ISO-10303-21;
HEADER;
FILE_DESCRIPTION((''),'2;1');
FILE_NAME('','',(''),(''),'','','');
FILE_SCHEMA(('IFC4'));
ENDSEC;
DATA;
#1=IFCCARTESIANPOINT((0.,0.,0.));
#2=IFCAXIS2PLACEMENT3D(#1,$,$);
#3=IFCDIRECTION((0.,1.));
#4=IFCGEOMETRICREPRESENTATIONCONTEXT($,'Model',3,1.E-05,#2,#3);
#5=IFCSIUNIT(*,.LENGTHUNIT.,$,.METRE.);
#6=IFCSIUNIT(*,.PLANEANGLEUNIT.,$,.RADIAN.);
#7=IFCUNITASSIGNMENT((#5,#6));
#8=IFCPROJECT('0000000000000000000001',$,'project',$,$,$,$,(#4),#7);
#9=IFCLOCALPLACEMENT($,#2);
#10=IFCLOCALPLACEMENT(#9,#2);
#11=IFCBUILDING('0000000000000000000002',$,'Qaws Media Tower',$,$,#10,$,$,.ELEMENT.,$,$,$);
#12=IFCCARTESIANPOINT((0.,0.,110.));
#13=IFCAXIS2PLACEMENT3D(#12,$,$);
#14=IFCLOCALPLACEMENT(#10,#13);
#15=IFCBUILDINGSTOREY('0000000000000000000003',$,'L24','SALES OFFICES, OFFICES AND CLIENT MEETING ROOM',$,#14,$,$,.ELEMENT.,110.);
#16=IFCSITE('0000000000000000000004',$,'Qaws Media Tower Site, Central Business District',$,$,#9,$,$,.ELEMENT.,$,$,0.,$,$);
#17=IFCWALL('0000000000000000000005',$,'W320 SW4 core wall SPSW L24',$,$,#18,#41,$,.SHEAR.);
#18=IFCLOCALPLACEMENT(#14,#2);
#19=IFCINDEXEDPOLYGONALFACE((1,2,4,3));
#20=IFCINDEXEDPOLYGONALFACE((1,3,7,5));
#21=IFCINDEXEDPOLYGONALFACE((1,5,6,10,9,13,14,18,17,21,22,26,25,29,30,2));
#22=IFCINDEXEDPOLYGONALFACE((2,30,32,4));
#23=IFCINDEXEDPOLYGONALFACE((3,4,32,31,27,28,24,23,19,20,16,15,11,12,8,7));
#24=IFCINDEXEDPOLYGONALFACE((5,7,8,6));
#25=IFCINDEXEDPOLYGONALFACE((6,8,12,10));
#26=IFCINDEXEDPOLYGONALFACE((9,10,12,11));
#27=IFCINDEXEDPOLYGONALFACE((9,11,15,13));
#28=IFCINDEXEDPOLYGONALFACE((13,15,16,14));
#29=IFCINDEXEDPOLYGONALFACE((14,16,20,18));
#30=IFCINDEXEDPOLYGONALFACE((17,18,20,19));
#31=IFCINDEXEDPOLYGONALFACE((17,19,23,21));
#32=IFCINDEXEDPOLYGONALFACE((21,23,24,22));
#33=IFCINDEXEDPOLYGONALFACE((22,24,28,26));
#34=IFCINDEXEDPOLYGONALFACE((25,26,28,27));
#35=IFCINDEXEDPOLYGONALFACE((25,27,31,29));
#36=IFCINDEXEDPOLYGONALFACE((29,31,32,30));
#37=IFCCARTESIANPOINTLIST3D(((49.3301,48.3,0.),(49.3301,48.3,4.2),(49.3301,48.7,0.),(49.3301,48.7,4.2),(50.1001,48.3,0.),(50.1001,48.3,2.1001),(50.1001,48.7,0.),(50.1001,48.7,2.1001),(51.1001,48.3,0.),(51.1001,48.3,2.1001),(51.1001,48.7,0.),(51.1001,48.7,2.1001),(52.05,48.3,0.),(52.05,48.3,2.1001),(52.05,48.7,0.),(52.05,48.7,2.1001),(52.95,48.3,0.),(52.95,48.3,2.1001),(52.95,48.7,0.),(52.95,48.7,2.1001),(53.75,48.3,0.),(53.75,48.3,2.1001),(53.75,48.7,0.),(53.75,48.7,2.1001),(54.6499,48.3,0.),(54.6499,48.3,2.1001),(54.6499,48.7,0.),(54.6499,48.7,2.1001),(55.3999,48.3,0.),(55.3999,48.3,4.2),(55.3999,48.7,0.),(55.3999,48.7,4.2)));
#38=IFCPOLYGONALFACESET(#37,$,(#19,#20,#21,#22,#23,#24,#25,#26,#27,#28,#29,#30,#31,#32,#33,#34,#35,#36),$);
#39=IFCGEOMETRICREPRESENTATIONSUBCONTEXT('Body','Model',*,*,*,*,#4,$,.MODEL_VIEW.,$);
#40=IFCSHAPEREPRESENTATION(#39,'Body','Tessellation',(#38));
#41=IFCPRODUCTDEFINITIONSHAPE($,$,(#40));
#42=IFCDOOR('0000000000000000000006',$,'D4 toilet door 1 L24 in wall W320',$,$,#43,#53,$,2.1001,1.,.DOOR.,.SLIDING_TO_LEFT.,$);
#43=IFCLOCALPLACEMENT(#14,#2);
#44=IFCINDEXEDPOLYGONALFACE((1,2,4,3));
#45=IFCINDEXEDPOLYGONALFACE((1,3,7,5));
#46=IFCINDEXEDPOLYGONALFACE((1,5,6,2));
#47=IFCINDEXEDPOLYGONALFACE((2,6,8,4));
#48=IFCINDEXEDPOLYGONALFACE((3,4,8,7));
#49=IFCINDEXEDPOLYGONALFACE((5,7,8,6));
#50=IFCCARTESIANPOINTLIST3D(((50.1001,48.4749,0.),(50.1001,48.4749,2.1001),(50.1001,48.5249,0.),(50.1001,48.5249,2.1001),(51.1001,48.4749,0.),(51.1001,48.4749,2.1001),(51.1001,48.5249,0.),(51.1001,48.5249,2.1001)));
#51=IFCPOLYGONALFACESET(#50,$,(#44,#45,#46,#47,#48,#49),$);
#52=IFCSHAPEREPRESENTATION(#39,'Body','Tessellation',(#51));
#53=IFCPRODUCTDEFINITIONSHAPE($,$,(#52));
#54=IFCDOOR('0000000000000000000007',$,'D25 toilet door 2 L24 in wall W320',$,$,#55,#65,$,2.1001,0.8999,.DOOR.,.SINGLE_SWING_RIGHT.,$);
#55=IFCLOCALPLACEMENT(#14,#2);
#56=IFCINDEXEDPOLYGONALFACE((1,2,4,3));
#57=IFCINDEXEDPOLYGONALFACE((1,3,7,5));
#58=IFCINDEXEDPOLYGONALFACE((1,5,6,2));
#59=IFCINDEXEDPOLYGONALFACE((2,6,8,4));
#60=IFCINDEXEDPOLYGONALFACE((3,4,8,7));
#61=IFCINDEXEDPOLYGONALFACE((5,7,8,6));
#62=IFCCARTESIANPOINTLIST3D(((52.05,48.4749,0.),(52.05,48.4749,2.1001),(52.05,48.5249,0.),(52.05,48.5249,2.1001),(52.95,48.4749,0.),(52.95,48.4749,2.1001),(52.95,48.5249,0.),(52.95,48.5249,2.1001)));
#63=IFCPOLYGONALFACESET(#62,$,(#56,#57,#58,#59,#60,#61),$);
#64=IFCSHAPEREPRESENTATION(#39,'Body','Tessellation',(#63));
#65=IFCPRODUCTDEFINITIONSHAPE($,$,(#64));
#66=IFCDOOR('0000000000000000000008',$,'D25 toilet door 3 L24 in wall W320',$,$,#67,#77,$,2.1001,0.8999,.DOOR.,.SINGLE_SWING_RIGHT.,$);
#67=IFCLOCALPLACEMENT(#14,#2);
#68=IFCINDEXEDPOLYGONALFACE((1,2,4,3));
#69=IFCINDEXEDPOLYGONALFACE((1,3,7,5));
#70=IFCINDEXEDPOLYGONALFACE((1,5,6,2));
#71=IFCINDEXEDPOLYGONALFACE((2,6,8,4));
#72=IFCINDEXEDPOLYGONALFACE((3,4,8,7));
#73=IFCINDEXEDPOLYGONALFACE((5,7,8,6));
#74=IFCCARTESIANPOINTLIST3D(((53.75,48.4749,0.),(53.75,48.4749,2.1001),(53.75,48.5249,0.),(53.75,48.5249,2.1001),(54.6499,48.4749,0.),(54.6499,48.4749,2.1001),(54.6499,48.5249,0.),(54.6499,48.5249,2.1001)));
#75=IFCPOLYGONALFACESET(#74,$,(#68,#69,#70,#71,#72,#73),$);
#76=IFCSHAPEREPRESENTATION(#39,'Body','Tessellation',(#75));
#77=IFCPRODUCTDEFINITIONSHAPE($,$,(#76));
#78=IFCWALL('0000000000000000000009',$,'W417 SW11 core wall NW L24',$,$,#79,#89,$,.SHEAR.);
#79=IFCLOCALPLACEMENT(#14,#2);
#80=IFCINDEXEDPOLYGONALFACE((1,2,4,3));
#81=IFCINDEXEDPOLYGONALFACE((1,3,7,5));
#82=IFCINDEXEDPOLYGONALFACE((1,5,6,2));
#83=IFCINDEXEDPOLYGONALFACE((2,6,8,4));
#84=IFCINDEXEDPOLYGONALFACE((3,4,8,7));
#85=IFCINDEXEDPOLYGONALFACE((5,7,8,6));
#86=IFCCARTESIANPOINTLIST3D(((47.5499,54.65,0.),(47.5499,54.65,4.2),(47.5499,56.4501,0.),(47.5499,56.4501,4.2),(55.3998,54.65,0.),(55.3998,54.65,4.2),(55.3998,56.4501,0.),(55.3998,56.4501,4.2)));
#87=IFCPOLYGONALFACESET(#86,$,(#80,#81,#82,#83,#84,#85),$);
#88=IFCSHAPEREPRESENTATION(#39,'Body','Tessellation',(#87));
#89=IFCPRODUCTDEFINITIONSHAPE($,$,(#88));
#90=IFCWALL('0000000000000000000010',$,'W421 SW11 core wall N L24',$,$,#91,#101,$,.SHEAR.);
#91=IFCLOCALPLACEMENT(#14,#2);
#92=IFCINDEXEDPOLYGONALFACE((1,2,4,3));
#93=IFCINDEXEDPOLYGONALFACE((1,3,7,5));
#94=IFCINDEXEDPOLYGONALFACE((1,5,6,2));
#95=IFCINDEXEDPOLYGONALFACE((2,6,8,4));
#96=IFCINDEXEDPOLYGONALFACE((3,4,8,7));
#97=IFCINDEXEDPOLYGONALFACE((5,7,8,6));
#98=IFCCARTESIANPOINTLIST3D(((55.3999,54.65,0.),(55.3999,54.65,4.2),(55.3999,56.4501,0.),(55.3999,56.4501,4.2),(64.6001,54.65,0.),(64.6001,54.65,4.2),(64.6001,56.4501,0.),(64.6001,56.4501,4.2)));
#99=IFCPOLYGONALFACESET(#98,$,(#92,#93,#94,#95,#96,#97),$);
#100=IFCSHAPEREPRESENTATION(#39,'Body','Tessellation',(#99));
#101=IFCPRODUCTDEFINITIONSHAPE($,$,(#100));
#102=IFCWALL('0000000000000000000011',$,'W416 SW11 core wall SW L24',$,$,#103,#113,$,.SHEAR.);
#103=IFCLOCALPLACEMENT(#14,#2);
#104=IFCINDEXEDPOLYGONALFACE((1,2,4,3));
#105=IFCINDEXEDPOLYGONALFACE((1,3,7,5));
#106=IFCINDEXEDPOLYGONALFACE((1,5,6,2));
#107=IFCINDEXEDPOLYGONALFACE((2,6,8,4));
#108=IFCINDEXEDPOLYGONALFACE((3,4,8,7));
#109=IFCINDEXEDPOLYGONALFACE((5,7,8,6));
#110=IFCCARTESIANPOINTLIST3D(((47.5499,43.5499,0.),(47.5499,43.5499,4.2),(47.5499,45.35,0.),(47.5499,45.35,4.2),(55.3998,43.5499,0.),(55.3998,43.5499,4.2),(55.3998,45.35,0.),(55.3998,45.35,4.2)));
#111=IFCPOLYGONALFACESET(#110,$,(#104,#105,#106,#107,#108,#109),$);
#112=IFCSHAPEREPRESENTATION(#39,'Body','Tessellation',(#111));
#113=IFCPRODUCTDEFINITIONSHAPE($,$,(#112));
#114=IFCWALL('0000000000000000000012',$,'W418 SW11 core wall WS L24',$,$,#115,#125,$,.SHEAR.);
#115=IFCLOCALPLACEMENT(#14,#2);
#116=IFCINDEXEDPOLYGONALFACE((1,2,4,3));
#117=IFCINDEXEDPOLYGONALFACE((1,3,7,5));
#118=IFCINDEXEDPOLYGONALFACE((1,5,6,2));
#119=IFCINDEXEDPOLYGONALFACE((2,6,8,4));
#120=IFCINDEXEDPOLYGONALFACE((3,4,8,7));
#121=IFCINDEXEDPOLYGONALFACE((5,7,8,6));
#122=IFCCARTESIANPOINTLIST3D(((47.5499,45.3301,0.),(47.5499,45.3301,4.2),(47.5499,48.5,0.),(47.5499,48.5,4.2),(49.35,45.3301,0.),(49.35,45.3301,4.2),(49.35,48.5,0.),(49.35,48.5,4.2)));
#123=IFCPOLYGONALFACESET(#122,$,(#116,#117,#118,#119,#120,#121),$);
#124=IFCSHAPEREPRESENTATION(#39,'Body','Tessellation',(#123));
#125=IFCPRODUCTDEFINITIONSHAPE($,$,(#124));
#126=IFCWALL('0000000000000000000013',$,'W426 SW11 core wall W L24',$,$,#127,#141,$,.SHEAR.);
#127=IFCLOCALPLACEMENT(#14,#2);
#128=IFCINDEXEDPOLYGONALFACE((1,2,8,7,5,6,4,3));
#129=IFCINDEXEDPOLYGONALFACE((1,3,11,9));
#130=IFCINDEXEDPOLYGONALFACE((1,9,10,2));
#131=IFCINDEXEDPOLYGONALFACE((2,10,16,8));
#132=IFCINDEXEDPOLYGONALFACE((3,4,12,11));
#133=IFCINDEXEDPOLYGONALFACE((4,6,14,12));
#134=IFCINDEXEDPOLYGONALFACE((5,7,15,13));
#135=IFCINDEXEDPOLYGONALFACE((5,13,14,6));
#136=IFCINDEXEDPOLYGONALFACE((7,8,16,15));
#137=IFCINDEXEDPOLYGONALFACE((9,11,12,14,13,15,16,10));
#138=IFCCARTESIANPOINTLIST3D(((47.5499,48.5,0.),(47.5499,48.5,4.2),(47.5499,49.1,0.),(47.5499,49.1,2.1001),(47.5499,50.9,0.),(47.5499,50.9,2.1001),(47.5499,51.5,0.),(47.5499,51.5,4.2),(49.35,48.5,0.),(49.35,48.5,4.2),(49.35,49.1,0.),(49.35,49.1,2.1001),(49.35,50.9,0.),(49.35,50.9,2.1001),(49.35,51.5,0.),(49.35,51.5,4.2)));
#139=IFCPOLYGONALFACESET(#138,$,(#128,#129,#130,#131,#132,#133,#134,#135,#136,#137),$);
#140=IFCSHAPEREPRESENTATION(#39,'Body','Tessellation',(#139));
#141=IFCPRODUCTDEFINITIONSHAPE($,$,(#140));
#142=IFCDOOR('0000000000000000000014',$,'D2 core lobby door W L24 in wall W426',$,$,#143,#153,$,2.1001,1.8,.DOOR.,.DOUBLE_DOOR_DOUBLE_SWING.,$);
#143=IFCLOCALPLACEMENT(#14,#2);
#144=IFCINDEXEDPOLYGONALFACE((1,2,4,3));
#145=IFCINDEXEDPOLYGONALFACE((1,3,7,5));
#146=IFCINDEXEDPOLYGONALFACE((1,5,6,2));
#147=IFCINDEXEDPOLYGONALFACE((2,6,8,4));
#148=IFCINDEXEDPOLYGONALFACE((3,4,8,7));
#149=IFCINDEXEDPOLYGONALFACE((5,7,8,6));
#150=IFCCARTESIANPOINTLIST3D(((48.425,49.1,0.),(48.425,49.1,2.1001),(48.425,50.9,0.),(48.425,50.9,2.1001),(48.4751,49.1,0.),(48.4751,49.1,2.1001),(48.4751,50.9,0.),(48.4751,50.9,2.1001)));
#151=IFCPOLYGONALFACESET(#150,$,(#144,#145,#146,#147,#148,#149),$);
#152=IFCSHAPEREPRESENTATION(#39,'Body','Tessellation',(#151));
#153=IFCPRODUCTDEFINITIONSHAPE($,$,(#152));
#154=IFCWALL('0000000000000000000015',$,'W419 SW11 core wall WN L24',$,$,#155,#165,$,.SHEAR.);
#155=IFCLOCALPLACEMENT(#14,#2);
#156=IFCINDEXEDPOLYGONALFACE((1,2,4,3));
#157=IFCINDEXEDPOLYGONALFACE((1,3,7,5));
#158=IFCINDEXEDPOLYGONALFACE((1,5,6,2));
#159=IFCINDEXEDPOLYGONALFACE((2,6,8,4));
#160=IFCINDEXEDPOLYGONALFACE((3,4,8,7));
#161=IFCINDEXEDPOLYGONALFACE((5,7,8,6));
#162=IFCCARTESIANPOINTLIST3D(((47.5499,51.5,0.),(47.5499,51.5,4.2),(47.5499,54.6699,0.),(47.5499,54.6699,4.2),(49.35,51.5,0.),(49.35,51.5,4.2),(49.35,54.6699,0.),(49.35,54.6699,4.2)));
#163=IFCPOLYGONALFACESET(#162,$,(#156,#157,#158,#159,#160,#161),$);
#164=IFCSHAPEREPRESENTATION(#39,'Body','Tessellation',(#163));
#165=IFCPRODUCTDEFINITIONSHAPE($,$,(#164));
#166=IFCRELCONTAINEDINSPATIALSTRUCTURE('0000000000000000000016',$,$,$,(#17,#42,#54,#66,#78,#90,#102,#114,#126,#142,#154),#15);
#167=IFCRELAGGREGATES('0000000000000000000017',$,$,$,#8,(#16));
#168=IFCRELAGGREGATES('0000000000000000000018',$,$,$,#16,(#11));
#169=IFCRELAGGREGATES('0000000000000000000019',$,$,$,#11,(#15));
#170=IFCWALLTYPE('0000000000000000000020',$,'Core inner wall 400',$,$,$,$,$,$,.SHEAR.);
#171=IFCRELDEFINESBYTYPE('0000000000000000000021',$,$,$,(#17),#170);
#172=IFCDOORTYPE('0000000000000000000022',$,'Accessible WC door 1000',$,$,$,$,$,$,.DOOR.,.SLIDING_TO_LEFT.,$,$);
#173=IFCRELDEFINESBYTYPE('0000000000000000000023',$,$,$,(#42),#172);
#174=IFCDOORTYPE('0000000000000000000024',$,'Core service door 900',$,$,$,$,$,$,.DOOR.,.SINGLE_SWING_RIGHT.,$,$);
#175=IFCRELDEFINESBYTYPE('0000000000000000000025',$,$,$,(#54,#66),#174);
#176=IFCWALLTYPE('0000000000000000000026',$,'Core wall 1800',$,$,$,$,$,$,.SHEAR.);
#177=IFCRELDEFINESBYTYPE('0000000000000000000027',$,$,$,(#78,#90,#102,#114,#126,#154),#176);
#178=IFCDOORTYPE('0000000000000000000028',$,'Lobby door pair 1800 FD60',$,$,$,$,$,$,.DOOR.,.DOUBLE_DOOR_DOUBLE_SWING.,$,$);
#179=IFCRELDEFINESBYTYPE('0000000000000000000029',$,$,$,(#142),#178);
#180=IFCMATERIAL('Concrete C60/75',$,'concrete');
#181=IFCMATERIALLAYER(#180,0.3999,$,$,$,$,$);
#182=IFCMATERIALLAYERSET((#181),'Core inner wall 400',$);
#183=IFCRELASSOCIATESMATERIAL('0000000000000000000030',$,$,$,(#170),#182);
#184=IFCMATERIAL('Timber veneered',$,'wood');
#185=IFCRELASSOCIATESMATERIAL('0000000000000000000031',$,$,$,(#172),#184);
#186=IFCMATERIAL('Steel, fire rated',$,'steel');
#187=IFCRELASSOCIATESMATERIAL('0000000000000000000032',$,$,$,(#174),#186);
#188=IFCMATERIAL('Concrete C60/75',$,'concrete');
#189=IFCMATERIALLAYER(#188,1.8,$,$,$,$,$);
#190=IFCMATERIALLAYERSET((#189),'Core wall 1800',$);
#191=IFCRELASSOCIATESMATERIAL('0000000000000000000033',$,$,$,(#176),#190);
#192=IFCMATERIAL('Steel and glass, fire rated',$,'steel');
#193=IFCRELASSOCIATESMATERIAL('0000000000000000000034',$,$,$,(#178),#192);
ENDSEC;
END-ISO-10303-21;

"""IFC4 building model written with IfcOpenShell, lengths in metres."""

from ifc_helpers import new_model, si_unit, direction, frame, frame_2d, origin, place, context, subcontext, project, spatial, rectangle, extrude, material, layer, layer_set, type_object, element, fill, save


model = new_model("IFC4")

# Units and contexts
model_context = context("Model", 3, precision=1e-05, world=origin(), true_north=direction((0.0, 1.0)))
body_context = subcontext(model_context, "Body", "Model", "MODEL_VIEW")
ifc_project = project(units=[si_unit("LENGTHUNIT", "METRE"), si_unit("PLANEANGLEUNIT", "RADIAN")], contexts=[model_context])

# Site, building, storey
site_placement = place(None, origin())
site = spatial("IfcSite", under=ifc_project, at=site_placement, Name="Qaws Media Tower Site, Central Business District", CompositionType="ELEMENT", RefElevation=0.0)
building_placement = place(site_placement, origin())
building = spatial("IfcBuilding", under=site, at=building_placement, Name="Qaws Media Tower", CompositionType="ELEMENT")
storey_placement = place(building_placement, frame((0.0, 0.0, 110.0)))
storey = spatial("IfcBuildingStorey", under=building, at=storey_placement, Name="L24", Description="SALES OFFICES, OFFICES AND CLIENT MEETING ROOM", CompositionType="ELEMENT", Elevation=110.0)

# Shared definitions
ifc_material_1 = material(Name="Concrete C60/75", Category="concrete")
ifc_layer_1 = layer(ifc_material_1, 0.3999)
ifc_layer_set_1 = layer_set([ifc_layer_1], Name="Core inner wall 400")
wall_type_1 = type_object("IfcWallType", Name="Core inner wall 400", PredefinedType="SHEAR", material=ifc_layer_set_1)

# Wall, openings, doors
wall_1_placement = place(storey_placement, frame((49.3301, 48.5, 0.0), z_axis=(0.0, 0.0, 1.0), x_axis=(1.0, 0.0, 0.0)))
wall_1 = element("IfcWall", 1, at=wall_1_placement, inside=storey, type_object=wall_type_1, Name="W320 SW4 core wall SPSW L24", PredefinedType="SHEAR", context=body_context, shape_type="SweptSolid", body=[
    extrude(rectangle(XDim=6.0698, YDim=0.3999, at=frame_2d((3.0349, 0.0))), origin(), (0.0, 0.0, 1.0), 4.2),
])
opening_1_placement = place(wall_1_placement, frame((0.77, 0.0, 0.0)))
opening_1 = element("IfcOpeningElement", 2, at=opening_1_placement, cuts=wall_1, PredefinedType="OPENING", context=body_context, shape_type="SweptSolid", body=[
    extrude(rectangle(XDim=1.0, YDim=2.1001, at=frame_2d((0.5, 1.05))), frame((0.0, 0.21, 0.0), z_axis=(0.0, -1.0, 0.0), x_axis=(1.0, 0.0, 0.0)), (0.0, 0.0, 1.0), 0.4199),
])
opening_2_placement = place(wall_1_placement, frame((2.72, 0.0, 0.0)))
opening_2 = element("IfcOpeningElement", 3, at=opening_2_placement, cuts=wall_1, PredefinedType="OPENING", context=body_context, shape_type="SweptSolid", body=[
    extrude(rectangle(XDim=0.8999, YDim=2.1001, at=frame_2d((0.45, 1.05))), frame((0.0, 0.21, 0.0), z_axis=(0.0, -1.0, 0.0), x_axis=(1.0, 0.0, 0.0)), (0.0, 0.0, 1.0), 0.4199),
])
opening_3_placement = place(wall_1_placement, frame((4.4199, 0.0, 0.0)))
opening_3 = element("IfcOpeningElement", 4, at=opening_3_placement, cuts=wall_1, PredefinedType="OPENING", context=body_context, shape_type="SweptSolid", body=[
    extrude(rectangle(XDim=0.8999, YDim=2.1001, at=frame_2d((0.45, 1.05))), frame((0.0, 0.21, 0.0), z_axis=(0.0, -1.0, 0.0), x_axis=(1.0, 0.0, 0.0)), (0.0, 0.0, 1.0), 0.4199),
])
ifc_material_2 = material(Name="Timber veneered", Category="wood")
door_type_1 = type_object("IfcDoorType", Name="Accessible WC door 1000", OperationType="SLIDING_TO_LEFT", PredefinedType="DOOR", material=ifc_material_2)
door_1_placement = place(opening_1_placement, origin())
door_1 = element("IfcDoor", 5, at=door_1_placement, inside=storey, type_object=door_type_1, Name="D4 toilet door 1 L24 in wall W320", OperationType="SLIDING_TO_LEFT", OverallHeight=2.1001, OverallWidth=1.0, PredefinedType="DOOR", context=body_context, shape_type="SweptSolid", body=[
    extrude(rectangle(XDim=1.0, YDim=2.1001, at=frame_2d((0.5, 1.05))), frame((0.0, 0.0249, 0.0), z_axis=(0.0, -1.0, 0.0), x_axis=(1.0, 0.0, 0.0)), (0.0, 0.0, 1.0), 0.05),
])
fill(opening_1, door_1)
ifc_material_3 = material(Name="Steel, fire rated", Category="steel")
door_type_2 = type_object("IfcDoorType", Name="Core service door 900", OperationType="SINGLE_SWING_RIGHT", PredefinedType="DOOR", material=ifc_material_3)
door_2_placement = place(opening_2_placement, origin())
door_2 = element("IfcDoor", 6, at=door_2_placement, inside=storey, type_object=door_type_2, Name="D25 toilet door 2 L24 in wall W320", OperationType="SINGLE_SWING_RIGHT", OverallHeight=2.1001, OverallWidth=0.8999, PredefinedType="DOOR", context=body_context, shape_type="SweptSolid", body=[
    extrude(rectangle(XDim=0.8999, YDim=2.1001, at=frame_2d((0.45, 1.05))), frame((0.0, 0.0249, 0.0), z_axis=(0.0, -1.0, 0.0), x_axis=(1.0, 0.0, 0.0)), (0.0, 0.0, 1.0), 0.05),
])
fill(opening_2, door_2)
door_3_placement = place(opening_3_placement, origin())
door_3 = element("IfcDoor", 7, at=door_3_placement, inside=storey, type_object=door_type_2, Name="D25 toilet door 3 L24 in wall W320", OperationType="SINGLE_SWING_RIGHT", OverallHeight=2.1001, OverallWidth=0.8999, PredefinedType="DOOR", context=body_context, shape_type="SweptSolid", body=[
    extrude(rectangle(XDim=0.8999, YDim=2.1001, at=frame_2d((0.45, 1.05))), frame((0.0, 0.0249, 0.0), z_axis=(0.0, -1.0, 0.0), x_axis=(1.0, 0.0, 0.0)), (0.0, 0.0, 1.0), 0.05),
])
fill(opening_3, door_3)

# Walls
ifc_material_4 = material(Name="Concrete C60/75", Category="concrete")
ifc_layer_2 = layer(ifc_material_4, 1.8)
ifc_layer_set_2 = layer_set([ifc_layer_2], Name="Core wall 1800")
wall_type_2 = type_object("IfcWallType", Name="Core wall 1800", PredefinedType="SHEAR", material=ifc_layer_set_2)
wall_2_placement = place(storey_placement, frame((47.55, 55.55, 0.0), z_axis=(0.0, 0.0, 1.0), x_axis=(1.0, 0.0, 0.0)))
element("IfcWall", 8, at=wall_2_placement, inside=storey, type_object=wall_type_2, Name="W417 SW11 core wall NW L24", PredefinedType="SHEAR", context=body_context, shape_type="SweptSolid", body=[
    extrude(rectangle(XDim=7.8499, YDim=1.8, at=frame_2d((3.9248, 0.0))), origin(), (0.0, 0.0, 1.0), 4.2),
])
wall_3_placement = place(storey_placement, frame((55.3999, 55.55, 0.0), z_axis=(0.0, 0.0, 1.0), x_axis=(1.0, 0.0, 0.0)))
element("IfcWall", 9, at=wall_3_placement, inside=storey, type_object=wall_type_2, Name="W421 SW11 core wall N L24", PredefinedType="SHEAR", context=body_context, shape_type="SweptSolid", body=[
    extrude(rectangle(XDim=9.2002, YDim=1.8, at=frame_2d((4.6001, 0.0))), origin(), (0.0, 0.0, 1.0), 4.2),
])
wall_4_placement = place(storey_placement, frame((47.55, 44.45, 0.0), z_axis=(0.0, 0.0, 1.0), x_axis=(1.0, 0.0, 0.0)))
element("IfcWall", 10, at=wall_4_placement, inside=storey, type_object=wall_type_2, Name="W416 SW11 core wall SW L24", PredefinedType="SHEAR", context=body_context, shape_type="SweptSolid", body=[
    extrude(rectangle(XDim=7.8499, YDim=1.8, at=frame_2d((3.9248, 0.0))), origin(), (0.0, 0.0, 1.0), 4.2),
])
wall_5_placement = place(storey_placement, frame((48.45, 45.3301, 0.0), z_axis=(0.0, 0.0, 1.0), x_axis=(0.0, 1.0, 0.0)))
element("IfcWall", 11, at=wall_5_placement, inside=storey, type_object=wall_type_2, Name="W418 SW11 core wall WS L24", PredefinedType="SHEAR", context=body_context, shape_type="SweptSolid", body=[
    extrude(rectangle(XDim=3.1699, YDim=1.8, at=frame_2d((1.585, 0.0))), origin(), (0.0, 0.0, 1.0), 4.2),
])

# Wall, opening, door
wall_6_placement = place(storey_placement, frame((48.45, 48.5, 0.0), z_axis=(0.0, 0.0, 1.0), x_axis=(0.0, 1.0, 0.0)))
wall_6 = element("IfcWall", 12, at=wall_6_placement, inside=storey, type_object=wall_type_2, Name="W426 SW11 core wall W L24", PredefinedType="SHEAR", context=body_context, shape_type="SweptSolid", body=[
    extrude(rectangle(XDim=3.0, YDim=1.8, at=frame_2d((1.5, 0.0))), origin(), (0.0, 0.0, 1.0), 4.2),
])
opening_4_placement = place(wall_6_placement, frame((0.6001, 0.0, 0.0)))
opening_4 = element("IfcOpeningElement", 13, at=opening_4_placement, cuts=wall_6, PredefinedType="OPENING", context=body_context, shape_type="SweptSolid", body=[
    extrude(rectangle(XDim=1.8, YDim=2.1001, at=frame_2d((0.8999, 1.05))), frame((0.0, 0.9099, 0.0), z_axis=(0.0, -1.0, 0.0), x_axis=(1.0, 0.0, 0.0)), (0.0, 0.0, 1.0), 1.8201),
])
ifc_material_5 = material(Name="Steel and glass, fire rated", Category="steel")
door_type_3 = type_object("IfcDoorType", Name="Lobby door pair 1800 FD60", OperationType="DOUBLE_DOOR_DOUBLE_SWING", PredefinedType="DOOR", material=ifc_material_5)
door_4_placement = place(opening_4_placement, origin())
door_4 = element("IfcDoor", 14, at=door_4_placement, inside=storey, type_object=door_type_3, Name="D2 core lobby door W L24 in wall W426", OperationType="DOUBLE_DOOR_DOUBLE_SWING", OverallHeight=2.1001, OverallWidth=1.8, PredefinedType="DOOR", context=body_context, shape_type="SweptSolid", body=[
    extrude(rectangle(XDim=1.8, YDim=2.1001, at=frame_2d((0.8999, 1.05))), frame((0.0, 0.0249, 0.0), z_axis=(0.0, -1.0, 0.0), x_axis=(1.0, 0.0, 0.0)), (0.0, 0.0, 1.0), 0.05),
])
fill(opening_4, door_4)

# Wall
wall_7_placement = place(storey_placement, frame((48.45, 51.5, 0.0), z_axis=(0.0, 0.0, 1.0), x_axis=(0.0, 1.0, 0.0)))
element("IfcWall", 15, at=wall_7_placement, inside=storey, type_object=wall_type_2, Name="W419 SW11 core wall WN L24", PredefinedType="SHEAR", context=body_context, shape_type="SweptSolid", body=[
    extrude(rectangle(XDim=3.1699, YDim=1.8, at=frame_2d((1.585, 0.0))), origin(), (0.0, 0.0, 1.0), 4.2),
])

save(model, "model.ifc")
